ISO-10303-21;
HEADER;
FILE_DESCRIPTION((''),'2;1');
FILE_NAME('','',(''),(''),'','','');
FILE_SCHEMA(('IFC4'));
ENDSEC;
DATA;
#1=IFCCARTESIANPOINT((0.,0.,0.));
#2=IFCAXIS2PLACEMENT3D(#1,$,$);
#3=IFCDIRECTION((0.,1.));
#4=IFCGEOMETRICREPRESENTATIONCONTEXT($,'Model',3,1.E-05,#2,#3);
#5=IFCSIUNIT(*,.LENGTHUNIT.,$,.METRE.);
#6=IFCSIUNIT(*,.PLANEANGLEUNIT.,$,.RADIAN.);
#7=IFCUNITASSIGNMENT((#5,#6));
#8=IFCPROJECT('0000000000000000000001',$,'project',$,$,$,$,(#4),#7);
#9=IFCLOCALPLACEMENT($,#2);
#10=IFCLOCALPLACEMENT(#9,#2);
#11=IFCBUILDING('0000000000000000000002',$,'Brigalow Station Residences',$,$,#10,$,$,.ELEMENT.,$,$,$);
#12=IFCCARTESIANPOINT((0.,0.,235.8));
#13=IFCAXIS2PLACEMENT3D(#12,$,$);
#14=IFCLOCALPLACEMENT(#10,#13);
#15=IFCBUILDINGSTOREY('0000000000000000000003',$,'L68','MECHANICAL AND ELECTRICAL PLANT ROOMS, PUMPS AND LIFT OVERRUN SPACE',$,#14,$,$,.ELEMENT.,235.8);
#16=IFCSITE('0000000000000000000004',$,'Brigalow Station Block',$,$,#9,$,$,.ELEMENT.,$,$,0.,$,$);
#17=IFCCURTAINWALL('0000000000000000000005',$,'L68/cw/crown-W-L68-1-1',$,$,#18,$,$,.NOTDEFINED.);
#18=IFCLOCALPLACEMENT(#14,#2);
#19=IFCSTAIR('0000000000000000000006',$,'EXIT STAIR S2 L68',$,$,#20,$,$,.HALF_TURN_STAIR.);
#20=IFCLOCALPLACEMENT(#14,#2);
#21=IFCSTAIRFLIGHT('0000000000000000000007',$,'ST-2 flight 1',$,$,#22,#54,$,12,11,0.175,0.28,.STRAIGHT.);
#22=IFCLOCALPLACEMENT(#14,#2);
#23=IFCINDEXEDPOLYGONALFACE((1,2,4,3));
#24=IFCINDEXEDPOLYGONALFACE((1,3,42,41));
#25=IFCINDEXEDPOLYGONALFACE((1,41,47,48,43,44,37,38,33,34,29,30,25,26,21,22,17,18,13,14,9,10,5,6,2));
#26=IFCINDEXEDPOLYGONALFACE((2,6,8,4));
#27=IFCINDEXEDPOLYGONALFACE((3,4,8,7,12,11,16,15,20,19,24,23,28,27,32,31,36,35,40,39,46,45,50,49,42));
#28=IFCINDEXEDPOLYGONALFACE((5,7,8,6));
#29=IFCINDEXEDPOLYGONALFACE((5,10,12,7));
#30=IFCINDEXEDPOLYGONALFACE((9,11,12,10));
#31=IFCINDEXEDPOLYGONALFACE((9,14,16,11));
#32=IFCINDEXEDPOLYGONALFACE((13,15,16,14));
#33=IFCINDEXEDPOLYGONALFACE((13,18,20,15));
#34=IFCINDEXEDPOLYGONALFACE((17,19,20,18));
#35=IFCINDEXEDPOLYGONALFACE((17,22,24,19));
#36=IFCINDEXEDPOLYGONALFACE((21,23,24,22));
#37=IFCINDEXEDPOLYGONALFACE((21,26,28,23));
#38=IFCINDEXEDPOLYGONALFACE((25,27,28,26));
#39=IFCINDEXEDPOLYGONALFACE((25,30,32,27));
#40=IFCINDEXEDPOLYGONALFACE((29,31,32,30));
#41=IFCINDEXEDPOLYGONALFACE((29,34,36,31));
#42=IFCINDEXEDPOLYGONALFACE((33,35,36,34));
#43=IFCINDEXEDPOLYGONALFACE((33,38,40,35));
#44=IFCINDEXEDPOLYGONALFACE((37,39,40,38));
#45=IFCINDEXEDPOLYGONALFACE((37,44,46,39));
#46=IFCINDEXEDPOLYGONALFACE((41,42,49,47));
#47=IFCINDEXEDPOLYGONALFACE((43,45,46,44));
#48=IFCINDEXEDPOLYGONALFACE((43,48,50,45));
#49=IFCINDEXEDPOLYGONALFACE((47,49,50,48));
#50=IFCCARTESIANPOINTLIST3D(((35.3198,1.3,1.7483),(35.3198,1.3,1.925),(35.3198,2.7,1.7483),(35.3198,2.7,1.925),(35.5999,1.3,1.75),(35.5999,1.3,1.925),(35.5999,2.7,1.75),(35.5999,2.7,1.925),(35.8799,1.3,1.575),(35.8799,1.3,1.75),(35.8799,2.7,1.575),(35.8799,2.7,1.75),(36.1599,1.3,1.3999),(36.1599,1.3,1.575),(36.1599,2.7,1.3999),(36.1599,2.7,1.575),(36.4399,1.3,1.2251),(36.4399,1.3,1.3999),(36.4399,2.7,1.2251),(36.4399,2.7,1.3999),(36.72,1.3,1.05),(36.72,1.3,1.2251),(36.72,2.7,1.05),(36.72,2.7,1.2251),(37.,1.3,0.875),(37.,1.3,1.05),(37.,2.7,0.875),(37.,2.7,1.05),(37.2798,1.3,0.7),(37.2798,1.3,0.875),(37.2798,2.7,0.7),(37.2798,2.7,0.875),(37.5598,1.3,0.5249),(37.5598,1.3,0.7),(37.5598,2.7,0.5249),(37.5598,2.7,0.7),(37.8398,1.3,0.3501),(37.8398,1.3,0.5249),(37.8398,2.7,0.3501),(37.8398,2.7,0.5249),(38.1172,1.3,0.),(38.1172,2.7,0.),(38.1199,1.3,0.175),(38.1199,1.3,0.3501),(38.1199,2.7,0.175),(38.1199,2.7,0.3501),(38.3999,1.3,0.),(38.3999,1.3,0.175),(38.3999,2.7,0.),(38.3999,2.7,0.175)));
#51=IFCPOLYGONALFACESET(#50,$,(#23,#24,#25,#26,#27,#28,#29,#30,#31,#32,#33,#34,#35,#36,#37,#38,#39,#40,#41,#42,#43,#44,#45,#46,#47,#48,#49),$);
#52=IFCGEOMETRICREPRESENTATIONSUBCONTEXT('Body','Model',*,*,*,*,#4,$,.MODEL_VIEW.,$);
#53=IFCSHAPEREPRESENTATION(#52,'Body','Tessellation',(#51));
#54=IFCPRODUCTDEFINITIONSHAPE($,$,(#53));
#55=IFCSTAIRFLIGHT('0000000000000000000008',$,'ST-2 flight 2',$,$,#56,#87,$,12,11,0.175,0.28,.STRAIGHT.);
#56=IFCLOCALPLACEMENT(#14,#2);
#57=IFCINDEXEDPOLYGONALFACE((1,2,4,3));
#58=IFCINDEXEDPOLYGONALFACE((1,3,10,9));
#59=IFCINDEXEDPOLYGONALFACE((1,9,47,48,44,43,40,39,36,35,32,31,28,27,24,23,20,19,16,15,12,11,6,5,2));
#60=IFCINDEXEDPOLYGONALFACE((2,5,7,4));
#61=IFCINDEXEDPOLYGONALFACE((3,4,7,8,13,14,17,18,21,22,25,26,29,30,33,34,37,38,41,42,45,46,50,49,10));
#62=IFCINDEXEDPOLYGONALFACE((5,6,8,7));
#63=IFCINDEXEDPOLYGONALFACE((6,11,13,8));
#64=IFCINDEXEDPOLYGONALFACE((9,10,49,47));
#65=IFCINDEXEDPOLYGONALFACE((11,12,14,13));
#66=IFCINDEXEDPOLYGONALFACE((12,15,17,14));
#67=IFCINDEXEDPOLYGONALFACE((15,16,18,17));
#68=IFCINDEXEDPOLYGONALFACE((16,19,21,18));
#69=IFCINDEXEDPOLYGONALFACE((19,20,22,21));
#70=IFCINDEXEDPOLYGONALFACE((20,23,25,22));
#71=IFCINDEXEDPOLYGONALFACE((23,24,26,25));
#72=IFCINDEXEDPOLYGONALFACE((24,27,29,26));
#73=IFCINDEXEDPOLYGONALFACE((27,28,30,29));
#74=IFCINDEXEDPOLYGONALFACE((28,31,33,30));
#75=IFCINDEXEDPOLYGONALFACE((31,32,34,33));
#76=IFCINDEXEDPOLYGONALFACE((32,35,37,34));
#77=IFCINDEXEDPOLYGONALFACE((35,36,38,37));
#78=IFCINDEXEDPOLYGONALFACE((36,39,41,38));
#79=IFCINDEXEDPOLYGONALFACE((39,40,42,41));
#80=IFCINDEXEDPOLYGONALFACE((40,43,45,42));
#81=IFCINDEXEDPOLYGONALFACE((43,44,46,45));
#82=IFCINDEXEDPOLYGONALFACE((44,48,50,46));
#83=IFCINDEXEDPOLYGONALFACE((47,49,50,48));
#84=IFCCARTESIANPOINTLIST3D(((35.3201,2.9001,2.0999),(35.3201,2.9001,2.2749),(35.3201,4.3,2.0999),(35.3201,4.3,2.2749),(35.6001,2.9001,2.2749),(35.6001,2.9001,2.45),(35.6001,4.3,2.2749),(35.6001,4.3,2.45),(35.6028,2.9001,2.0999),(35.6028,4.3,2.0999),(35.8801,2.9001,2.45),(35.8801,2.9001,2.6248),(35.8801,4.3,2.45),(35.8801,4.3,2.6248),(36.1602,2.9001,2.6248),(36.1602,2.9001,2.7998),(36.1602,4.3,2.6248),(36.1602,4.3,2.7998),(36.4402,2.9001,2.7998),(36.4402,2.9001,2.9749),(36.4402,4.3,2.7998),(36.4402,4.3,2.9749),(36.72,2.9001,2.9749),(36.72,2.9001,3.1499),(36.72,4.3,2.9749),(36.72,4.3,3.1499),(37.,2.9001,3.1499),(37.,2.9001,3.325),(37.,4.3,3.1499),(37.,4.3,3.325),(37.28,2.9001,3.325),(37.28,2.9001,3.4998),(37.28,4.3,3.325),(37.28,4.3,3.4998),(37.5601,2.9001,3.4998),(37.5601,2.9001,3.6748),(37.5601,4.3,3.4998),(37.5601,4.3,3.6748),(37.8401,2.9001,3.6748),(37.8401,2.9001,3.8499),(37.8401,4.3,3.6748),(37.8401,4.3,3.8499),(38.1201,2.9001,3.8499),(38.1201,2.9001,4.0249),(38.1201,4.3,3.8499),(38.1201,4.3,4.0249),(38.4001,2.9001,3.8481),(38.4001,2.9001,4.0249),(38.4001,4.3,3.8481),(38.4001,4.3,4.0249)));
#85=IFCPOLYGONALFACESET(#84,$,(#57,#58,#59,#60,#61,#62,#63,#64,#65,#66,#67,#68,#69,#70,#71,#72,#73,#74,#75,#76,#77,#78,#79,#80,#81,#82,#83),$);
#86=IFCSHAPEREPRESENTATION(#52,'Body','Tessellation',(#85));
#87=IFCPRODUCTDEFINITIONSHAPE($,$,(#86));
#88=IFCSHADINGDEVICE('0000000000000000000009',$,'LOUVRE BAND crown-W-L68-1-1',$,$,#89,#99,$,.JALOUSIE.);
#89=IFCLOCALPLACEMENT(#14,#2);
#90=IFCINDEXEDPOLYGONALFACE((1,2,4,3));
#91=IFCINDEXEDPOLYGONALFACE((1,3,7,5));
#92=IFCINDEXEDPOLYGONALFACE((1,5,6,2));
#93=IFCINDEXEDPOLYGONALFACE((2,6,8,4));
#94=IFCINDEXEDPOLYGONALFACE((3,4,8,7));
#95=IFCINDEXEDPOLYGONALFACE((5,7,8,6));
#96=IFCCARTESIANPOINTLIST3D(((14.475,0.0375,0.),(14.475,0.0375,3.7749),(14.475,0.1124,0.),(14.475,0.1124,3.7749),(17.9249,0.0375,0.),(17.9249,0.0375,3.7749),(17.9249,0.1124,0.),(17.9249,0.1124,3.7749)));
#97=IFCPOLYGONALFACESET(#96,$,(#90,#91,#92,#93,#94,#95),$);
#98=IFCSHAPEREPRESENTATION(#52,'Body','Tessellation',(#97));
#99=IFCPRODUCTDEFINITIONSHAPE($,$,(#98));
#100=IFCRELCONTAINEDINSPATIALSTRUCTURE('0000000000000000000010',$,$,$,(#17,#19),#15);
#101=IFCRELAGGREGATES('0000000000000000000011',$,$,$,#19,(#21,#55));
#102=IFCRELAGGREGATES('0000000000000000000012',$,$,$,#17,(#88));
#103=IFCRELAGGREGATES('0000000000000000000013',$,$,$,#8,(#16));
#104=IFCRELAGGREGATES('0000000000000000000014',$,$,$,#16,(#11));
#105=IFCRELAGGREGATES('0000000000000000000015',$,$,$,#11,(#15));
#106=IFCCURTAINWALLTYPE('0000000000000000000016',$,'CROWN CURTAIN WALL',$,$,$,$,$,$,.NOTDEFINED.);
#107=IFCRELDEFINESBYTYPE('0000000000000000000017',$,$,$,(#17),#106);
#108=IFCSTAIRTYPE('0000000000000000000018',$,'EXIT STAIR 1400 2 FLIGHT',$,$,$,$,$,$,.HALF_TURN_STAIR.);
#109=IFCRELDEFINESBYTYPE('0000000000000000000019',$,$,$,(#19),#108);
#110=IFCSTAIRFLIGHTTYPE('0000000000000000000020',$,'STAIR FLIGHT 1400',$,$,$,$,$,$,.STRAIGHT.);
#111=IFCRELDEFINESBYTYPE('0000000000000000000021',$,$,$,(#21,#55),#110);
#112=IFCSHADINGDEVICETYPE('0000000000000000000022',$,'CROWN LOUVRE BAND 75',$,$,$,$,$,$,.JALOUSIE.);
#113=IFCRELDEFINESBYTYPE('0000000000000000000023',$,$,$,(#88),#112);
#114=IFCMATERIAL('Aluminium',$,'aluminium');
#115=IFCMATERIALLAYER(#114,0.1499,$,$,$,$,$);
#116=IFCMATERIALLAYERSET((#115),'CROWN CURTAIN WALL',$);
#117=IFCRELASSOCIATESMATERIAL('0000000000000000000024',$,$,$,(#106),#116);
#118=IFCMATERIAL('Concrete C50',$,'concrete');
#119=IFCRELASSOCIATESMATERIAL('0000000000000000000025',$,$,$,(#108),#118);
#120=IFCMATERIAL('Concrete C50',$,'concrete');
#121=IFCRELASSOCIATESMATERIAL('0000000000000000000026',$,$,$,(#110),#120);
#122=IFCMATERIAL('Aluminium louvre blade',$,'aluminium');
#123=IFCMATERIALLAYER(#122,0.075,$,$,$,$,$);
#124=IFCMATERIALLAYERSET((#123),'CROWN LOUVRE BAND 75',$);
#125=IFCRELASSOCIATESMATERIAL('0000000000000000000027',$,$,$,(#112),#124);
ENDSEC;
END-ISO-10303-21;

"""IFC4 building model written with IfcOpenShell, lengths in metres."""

from ifc_helpers import new_model, si_unit, direction, frame, origin, origin_2d, place, context, subcontext, project, spatial, polyline, rectangle, outline, extrude, material, layer, layer_set, type_object, element, aggregate, save


model = new_model("IFC4")

# Units and contexts
model_context = context("Model", 3, precision=1e-05, world=origin(), true_north=direction((0.0, 1.0)))
body_context = subcontext(model_context, "Body", "Model", "MODEL_VIEW")
ifc_project = project(units=[si_unit("LENGTHUNIT", "METRE"), si_unit("PLANEANGLEUNIT", "RADIAN")], contexts=[model_context])

# Site, building, storey
site_placement = place(None, origin())
site = spatial("IfcSite", under=ifc_project, at=site_placement, Name="Brigalow Station Block", CompositionType="ELEMENT", RefElevation=0.0)
building_placement = place(site_placement, origin())
building = spatial("IfcBuilding", under=site, at=building_placement, Name="Brigalow Station Residences", CompositionType="ELEMENT")
storey_placement = place(building_placement, frame((0.0, 0.0, 235.8)))
storey = spatial("IfcBuildingStorey", under=building, at=storey_placement, Name="L68", Description="MECHANICAL AND ELECTRICAL PLANT ROOMS, PUMPS AND LIFT OVERRUN SPACE", CompositionType="ELEMENT", Elevation=235.8)

# Curtain wall
ifc_material_1 = material(Name="Aluminium", Category="aluminium")
ifc_layer_1 = layer(ifc_material_1, 0.1499)
ifc_layer_set_1 = layer_set([ifc_layer_1], Name="CROWN CURTAIN WALL")
curtain_wall_type = type_object("IfcCurtainWallType", Name="CROWN CURTAIN WALL", PredefinedType="NOTDEFINED", material=ifc_layer_set_1)
curtain_wall_placement = place(storey_placement, origin())
curtain_wall = element("IfcCurtainWall", 1, at=curtain_wall_placement, inside=storey, type_object=curtain_wall_type, Name="L68/cw/crown-W-L68-1-1", PredefinedType="NOTDEFINED")

# Stair, stair flights
ifc_material_2 = material(Name="Concrete C50", Category="concrete")
stair_type = type_object("IfcStairType", Name="EXIT STAIR 1400 2 FLIGHT", PredefinedType="HALF_TURN_STAIR", material=ifc_material_2)
stair_placement = place(storey_placement, origin())
stair = element("IfcStair", 2, at=stair_placement, inside=storey, type_object=stair_type, Name="EXIT STAIR S2 L68", PredefinedType="HALF_TURN_STAIR")
ifc_material_3 = material(Name="Concrete C50", Category="concrete")
stair_flight_type = type_object("IfcStairFlightType", Name="STAIR FLIGHT 1400", PredefinedType="STRAIGHT", material=ifc_material_3)
stair_flight_1_placement = place(storey_placement, frame((38.3999, 2.0, 0.0), z_axis=(0.0, 0.0, 1.0), x_axis=(-1.0, 0.0, 0.0)))
stair_flight_1 = element("IfcStairFlight", 3, at=stair_flight_1_placement, type_object=stair_flight_type, Name="ST-2 flight 1", NumberOfRisers=12, NumberOfTreads=11, PredefinedType="STRAIGHT", RiserHeight=0.175, TreadLength=0.28, context=body_context, shape_type="SweptSolid", body=[
    extrude(outline(polyline([(0.0, 0.0), (0.0, 0.175), (0.28, 0.175), (0.28, 0.3501), (0.5601, 0.3501), (0.5601, 0.5249), (0.8401, 0.5249), (0.8401, 0.7), (1.1201, 0.7), (1.1201, 0.875), (1.3999, 0.875), (1.3999, 1.05), (1.6799, 1.05), (1.6799, 1.2251), (1.96, 1.2251), (1.96, 1.3999), (2.24, 1.3999), (2.24, 1.575), (2.52, 1.575), (2.52, 1.75), (2.8, 1.75), (2.8, 1.925), (3.0801, 1.925), (3.0801, 2.1001), (3.0801, 1.7483), (0.2827, 0.0), (0.0, 0.0)])), frame((0.0, 0.7, 0.0), z_axis=(0.0, -1.0, 0.0), x_axis=(1.0, 0.0, 0.0)), (0.0, 0.0, 1.0), 1.3999),
])
stair_flight_2_placement = place(storey_placement, frame((35.3201, 3.6001, 2.0999), z_axis=(0.0, 0.0, 1.0), x_axis=(1.0, 0.0, 0.0)))
stair_flight_2 = element("IfcStairFlight", 4, at=stair_flight_2_placement, type_object=stair_flight_type, Name="ST-2 flight 2", NumberOfRisers=12, NumberOfTreads=11, PredefinedType="STRAIGHT", RiserHeight=0.175, TreadLength=0.28, context=body_context, shape_type="SweptSolid", body=[
    extrude(outline(polyline([(0.0, 0.0), (0.0, 0.175), (0.28, 0.175), (0.28, 0.3501), (0.5601, 0.3501), (0.5601, 0.5249), (0.8401, 0.5249), (0.8401, 0.7), (1.1201, 0.7), (1.1201, 0.875), (1.3999, 0.875), (1.3999, 1.05), (1.6799, 1.05), (1.6799, 1.2251), (1.96, 1.2251), (1.96, 1.3999), (2.24, 1.3999), (2.24, 1.575), (2.52, 1.575), (2.52, 1.75), (2.8, 1.75), (2.8, 1.925), (3.0801, 1.925), (3.0801, 2.1001), (3.0801, 1.7483), (0.2827, 0.0), (0.0, 0.0)])), frame((0.0, 0.7, 0.0), z_axis=(0.0, -1.0, 0.0), x_axis=(1.0, 0.0, 0.0)), (0.0, 0.0, 1.0), 1.3999),
])
aggregate(stair, [stair_flight_1, stair_flight_2])

# Shading device
ifc_material_4 = material(Name="Aluminium louvre blade", Category="aluminium")
ifc_layer_2 = layer(ifc_material_4, 0.075)
ifc_layer_set_2 = layer_set([ifc_layer_2], Name="CROWN LOUVRE BAND 75")
shading_device_type = type_object("IfcShadingDeviceType", Name="CROWN LOUVRE BAND 75", PredefinedType="JALOUSIE", material=ifc_layer_set_2)
shading_device_placement = place(storey_placement, frame((16.2, 0.075, 0.0), z_axis=(0.0, 0.0, 1.0), x_axis=(1.0, 0.0, 0.0)))
shading_device = element("IfcShadingDevice", 5, at=shading_device_placement, type_object=shading_device_type, Name="LOUVRE BAND crown-W-L68-1-1", PredefinedType="JALOUSIE", context=body_context, shape_type="SweptSolid", body=[
    extrude(rectangle(XDim=3.45, YDim=0.075, at=origin_2d()), origin(), (0.0, 0.0, 1.0), 3.7749),
])
aggregate(curtain_wall, [shading_device])

save(model, "model.ifc")
